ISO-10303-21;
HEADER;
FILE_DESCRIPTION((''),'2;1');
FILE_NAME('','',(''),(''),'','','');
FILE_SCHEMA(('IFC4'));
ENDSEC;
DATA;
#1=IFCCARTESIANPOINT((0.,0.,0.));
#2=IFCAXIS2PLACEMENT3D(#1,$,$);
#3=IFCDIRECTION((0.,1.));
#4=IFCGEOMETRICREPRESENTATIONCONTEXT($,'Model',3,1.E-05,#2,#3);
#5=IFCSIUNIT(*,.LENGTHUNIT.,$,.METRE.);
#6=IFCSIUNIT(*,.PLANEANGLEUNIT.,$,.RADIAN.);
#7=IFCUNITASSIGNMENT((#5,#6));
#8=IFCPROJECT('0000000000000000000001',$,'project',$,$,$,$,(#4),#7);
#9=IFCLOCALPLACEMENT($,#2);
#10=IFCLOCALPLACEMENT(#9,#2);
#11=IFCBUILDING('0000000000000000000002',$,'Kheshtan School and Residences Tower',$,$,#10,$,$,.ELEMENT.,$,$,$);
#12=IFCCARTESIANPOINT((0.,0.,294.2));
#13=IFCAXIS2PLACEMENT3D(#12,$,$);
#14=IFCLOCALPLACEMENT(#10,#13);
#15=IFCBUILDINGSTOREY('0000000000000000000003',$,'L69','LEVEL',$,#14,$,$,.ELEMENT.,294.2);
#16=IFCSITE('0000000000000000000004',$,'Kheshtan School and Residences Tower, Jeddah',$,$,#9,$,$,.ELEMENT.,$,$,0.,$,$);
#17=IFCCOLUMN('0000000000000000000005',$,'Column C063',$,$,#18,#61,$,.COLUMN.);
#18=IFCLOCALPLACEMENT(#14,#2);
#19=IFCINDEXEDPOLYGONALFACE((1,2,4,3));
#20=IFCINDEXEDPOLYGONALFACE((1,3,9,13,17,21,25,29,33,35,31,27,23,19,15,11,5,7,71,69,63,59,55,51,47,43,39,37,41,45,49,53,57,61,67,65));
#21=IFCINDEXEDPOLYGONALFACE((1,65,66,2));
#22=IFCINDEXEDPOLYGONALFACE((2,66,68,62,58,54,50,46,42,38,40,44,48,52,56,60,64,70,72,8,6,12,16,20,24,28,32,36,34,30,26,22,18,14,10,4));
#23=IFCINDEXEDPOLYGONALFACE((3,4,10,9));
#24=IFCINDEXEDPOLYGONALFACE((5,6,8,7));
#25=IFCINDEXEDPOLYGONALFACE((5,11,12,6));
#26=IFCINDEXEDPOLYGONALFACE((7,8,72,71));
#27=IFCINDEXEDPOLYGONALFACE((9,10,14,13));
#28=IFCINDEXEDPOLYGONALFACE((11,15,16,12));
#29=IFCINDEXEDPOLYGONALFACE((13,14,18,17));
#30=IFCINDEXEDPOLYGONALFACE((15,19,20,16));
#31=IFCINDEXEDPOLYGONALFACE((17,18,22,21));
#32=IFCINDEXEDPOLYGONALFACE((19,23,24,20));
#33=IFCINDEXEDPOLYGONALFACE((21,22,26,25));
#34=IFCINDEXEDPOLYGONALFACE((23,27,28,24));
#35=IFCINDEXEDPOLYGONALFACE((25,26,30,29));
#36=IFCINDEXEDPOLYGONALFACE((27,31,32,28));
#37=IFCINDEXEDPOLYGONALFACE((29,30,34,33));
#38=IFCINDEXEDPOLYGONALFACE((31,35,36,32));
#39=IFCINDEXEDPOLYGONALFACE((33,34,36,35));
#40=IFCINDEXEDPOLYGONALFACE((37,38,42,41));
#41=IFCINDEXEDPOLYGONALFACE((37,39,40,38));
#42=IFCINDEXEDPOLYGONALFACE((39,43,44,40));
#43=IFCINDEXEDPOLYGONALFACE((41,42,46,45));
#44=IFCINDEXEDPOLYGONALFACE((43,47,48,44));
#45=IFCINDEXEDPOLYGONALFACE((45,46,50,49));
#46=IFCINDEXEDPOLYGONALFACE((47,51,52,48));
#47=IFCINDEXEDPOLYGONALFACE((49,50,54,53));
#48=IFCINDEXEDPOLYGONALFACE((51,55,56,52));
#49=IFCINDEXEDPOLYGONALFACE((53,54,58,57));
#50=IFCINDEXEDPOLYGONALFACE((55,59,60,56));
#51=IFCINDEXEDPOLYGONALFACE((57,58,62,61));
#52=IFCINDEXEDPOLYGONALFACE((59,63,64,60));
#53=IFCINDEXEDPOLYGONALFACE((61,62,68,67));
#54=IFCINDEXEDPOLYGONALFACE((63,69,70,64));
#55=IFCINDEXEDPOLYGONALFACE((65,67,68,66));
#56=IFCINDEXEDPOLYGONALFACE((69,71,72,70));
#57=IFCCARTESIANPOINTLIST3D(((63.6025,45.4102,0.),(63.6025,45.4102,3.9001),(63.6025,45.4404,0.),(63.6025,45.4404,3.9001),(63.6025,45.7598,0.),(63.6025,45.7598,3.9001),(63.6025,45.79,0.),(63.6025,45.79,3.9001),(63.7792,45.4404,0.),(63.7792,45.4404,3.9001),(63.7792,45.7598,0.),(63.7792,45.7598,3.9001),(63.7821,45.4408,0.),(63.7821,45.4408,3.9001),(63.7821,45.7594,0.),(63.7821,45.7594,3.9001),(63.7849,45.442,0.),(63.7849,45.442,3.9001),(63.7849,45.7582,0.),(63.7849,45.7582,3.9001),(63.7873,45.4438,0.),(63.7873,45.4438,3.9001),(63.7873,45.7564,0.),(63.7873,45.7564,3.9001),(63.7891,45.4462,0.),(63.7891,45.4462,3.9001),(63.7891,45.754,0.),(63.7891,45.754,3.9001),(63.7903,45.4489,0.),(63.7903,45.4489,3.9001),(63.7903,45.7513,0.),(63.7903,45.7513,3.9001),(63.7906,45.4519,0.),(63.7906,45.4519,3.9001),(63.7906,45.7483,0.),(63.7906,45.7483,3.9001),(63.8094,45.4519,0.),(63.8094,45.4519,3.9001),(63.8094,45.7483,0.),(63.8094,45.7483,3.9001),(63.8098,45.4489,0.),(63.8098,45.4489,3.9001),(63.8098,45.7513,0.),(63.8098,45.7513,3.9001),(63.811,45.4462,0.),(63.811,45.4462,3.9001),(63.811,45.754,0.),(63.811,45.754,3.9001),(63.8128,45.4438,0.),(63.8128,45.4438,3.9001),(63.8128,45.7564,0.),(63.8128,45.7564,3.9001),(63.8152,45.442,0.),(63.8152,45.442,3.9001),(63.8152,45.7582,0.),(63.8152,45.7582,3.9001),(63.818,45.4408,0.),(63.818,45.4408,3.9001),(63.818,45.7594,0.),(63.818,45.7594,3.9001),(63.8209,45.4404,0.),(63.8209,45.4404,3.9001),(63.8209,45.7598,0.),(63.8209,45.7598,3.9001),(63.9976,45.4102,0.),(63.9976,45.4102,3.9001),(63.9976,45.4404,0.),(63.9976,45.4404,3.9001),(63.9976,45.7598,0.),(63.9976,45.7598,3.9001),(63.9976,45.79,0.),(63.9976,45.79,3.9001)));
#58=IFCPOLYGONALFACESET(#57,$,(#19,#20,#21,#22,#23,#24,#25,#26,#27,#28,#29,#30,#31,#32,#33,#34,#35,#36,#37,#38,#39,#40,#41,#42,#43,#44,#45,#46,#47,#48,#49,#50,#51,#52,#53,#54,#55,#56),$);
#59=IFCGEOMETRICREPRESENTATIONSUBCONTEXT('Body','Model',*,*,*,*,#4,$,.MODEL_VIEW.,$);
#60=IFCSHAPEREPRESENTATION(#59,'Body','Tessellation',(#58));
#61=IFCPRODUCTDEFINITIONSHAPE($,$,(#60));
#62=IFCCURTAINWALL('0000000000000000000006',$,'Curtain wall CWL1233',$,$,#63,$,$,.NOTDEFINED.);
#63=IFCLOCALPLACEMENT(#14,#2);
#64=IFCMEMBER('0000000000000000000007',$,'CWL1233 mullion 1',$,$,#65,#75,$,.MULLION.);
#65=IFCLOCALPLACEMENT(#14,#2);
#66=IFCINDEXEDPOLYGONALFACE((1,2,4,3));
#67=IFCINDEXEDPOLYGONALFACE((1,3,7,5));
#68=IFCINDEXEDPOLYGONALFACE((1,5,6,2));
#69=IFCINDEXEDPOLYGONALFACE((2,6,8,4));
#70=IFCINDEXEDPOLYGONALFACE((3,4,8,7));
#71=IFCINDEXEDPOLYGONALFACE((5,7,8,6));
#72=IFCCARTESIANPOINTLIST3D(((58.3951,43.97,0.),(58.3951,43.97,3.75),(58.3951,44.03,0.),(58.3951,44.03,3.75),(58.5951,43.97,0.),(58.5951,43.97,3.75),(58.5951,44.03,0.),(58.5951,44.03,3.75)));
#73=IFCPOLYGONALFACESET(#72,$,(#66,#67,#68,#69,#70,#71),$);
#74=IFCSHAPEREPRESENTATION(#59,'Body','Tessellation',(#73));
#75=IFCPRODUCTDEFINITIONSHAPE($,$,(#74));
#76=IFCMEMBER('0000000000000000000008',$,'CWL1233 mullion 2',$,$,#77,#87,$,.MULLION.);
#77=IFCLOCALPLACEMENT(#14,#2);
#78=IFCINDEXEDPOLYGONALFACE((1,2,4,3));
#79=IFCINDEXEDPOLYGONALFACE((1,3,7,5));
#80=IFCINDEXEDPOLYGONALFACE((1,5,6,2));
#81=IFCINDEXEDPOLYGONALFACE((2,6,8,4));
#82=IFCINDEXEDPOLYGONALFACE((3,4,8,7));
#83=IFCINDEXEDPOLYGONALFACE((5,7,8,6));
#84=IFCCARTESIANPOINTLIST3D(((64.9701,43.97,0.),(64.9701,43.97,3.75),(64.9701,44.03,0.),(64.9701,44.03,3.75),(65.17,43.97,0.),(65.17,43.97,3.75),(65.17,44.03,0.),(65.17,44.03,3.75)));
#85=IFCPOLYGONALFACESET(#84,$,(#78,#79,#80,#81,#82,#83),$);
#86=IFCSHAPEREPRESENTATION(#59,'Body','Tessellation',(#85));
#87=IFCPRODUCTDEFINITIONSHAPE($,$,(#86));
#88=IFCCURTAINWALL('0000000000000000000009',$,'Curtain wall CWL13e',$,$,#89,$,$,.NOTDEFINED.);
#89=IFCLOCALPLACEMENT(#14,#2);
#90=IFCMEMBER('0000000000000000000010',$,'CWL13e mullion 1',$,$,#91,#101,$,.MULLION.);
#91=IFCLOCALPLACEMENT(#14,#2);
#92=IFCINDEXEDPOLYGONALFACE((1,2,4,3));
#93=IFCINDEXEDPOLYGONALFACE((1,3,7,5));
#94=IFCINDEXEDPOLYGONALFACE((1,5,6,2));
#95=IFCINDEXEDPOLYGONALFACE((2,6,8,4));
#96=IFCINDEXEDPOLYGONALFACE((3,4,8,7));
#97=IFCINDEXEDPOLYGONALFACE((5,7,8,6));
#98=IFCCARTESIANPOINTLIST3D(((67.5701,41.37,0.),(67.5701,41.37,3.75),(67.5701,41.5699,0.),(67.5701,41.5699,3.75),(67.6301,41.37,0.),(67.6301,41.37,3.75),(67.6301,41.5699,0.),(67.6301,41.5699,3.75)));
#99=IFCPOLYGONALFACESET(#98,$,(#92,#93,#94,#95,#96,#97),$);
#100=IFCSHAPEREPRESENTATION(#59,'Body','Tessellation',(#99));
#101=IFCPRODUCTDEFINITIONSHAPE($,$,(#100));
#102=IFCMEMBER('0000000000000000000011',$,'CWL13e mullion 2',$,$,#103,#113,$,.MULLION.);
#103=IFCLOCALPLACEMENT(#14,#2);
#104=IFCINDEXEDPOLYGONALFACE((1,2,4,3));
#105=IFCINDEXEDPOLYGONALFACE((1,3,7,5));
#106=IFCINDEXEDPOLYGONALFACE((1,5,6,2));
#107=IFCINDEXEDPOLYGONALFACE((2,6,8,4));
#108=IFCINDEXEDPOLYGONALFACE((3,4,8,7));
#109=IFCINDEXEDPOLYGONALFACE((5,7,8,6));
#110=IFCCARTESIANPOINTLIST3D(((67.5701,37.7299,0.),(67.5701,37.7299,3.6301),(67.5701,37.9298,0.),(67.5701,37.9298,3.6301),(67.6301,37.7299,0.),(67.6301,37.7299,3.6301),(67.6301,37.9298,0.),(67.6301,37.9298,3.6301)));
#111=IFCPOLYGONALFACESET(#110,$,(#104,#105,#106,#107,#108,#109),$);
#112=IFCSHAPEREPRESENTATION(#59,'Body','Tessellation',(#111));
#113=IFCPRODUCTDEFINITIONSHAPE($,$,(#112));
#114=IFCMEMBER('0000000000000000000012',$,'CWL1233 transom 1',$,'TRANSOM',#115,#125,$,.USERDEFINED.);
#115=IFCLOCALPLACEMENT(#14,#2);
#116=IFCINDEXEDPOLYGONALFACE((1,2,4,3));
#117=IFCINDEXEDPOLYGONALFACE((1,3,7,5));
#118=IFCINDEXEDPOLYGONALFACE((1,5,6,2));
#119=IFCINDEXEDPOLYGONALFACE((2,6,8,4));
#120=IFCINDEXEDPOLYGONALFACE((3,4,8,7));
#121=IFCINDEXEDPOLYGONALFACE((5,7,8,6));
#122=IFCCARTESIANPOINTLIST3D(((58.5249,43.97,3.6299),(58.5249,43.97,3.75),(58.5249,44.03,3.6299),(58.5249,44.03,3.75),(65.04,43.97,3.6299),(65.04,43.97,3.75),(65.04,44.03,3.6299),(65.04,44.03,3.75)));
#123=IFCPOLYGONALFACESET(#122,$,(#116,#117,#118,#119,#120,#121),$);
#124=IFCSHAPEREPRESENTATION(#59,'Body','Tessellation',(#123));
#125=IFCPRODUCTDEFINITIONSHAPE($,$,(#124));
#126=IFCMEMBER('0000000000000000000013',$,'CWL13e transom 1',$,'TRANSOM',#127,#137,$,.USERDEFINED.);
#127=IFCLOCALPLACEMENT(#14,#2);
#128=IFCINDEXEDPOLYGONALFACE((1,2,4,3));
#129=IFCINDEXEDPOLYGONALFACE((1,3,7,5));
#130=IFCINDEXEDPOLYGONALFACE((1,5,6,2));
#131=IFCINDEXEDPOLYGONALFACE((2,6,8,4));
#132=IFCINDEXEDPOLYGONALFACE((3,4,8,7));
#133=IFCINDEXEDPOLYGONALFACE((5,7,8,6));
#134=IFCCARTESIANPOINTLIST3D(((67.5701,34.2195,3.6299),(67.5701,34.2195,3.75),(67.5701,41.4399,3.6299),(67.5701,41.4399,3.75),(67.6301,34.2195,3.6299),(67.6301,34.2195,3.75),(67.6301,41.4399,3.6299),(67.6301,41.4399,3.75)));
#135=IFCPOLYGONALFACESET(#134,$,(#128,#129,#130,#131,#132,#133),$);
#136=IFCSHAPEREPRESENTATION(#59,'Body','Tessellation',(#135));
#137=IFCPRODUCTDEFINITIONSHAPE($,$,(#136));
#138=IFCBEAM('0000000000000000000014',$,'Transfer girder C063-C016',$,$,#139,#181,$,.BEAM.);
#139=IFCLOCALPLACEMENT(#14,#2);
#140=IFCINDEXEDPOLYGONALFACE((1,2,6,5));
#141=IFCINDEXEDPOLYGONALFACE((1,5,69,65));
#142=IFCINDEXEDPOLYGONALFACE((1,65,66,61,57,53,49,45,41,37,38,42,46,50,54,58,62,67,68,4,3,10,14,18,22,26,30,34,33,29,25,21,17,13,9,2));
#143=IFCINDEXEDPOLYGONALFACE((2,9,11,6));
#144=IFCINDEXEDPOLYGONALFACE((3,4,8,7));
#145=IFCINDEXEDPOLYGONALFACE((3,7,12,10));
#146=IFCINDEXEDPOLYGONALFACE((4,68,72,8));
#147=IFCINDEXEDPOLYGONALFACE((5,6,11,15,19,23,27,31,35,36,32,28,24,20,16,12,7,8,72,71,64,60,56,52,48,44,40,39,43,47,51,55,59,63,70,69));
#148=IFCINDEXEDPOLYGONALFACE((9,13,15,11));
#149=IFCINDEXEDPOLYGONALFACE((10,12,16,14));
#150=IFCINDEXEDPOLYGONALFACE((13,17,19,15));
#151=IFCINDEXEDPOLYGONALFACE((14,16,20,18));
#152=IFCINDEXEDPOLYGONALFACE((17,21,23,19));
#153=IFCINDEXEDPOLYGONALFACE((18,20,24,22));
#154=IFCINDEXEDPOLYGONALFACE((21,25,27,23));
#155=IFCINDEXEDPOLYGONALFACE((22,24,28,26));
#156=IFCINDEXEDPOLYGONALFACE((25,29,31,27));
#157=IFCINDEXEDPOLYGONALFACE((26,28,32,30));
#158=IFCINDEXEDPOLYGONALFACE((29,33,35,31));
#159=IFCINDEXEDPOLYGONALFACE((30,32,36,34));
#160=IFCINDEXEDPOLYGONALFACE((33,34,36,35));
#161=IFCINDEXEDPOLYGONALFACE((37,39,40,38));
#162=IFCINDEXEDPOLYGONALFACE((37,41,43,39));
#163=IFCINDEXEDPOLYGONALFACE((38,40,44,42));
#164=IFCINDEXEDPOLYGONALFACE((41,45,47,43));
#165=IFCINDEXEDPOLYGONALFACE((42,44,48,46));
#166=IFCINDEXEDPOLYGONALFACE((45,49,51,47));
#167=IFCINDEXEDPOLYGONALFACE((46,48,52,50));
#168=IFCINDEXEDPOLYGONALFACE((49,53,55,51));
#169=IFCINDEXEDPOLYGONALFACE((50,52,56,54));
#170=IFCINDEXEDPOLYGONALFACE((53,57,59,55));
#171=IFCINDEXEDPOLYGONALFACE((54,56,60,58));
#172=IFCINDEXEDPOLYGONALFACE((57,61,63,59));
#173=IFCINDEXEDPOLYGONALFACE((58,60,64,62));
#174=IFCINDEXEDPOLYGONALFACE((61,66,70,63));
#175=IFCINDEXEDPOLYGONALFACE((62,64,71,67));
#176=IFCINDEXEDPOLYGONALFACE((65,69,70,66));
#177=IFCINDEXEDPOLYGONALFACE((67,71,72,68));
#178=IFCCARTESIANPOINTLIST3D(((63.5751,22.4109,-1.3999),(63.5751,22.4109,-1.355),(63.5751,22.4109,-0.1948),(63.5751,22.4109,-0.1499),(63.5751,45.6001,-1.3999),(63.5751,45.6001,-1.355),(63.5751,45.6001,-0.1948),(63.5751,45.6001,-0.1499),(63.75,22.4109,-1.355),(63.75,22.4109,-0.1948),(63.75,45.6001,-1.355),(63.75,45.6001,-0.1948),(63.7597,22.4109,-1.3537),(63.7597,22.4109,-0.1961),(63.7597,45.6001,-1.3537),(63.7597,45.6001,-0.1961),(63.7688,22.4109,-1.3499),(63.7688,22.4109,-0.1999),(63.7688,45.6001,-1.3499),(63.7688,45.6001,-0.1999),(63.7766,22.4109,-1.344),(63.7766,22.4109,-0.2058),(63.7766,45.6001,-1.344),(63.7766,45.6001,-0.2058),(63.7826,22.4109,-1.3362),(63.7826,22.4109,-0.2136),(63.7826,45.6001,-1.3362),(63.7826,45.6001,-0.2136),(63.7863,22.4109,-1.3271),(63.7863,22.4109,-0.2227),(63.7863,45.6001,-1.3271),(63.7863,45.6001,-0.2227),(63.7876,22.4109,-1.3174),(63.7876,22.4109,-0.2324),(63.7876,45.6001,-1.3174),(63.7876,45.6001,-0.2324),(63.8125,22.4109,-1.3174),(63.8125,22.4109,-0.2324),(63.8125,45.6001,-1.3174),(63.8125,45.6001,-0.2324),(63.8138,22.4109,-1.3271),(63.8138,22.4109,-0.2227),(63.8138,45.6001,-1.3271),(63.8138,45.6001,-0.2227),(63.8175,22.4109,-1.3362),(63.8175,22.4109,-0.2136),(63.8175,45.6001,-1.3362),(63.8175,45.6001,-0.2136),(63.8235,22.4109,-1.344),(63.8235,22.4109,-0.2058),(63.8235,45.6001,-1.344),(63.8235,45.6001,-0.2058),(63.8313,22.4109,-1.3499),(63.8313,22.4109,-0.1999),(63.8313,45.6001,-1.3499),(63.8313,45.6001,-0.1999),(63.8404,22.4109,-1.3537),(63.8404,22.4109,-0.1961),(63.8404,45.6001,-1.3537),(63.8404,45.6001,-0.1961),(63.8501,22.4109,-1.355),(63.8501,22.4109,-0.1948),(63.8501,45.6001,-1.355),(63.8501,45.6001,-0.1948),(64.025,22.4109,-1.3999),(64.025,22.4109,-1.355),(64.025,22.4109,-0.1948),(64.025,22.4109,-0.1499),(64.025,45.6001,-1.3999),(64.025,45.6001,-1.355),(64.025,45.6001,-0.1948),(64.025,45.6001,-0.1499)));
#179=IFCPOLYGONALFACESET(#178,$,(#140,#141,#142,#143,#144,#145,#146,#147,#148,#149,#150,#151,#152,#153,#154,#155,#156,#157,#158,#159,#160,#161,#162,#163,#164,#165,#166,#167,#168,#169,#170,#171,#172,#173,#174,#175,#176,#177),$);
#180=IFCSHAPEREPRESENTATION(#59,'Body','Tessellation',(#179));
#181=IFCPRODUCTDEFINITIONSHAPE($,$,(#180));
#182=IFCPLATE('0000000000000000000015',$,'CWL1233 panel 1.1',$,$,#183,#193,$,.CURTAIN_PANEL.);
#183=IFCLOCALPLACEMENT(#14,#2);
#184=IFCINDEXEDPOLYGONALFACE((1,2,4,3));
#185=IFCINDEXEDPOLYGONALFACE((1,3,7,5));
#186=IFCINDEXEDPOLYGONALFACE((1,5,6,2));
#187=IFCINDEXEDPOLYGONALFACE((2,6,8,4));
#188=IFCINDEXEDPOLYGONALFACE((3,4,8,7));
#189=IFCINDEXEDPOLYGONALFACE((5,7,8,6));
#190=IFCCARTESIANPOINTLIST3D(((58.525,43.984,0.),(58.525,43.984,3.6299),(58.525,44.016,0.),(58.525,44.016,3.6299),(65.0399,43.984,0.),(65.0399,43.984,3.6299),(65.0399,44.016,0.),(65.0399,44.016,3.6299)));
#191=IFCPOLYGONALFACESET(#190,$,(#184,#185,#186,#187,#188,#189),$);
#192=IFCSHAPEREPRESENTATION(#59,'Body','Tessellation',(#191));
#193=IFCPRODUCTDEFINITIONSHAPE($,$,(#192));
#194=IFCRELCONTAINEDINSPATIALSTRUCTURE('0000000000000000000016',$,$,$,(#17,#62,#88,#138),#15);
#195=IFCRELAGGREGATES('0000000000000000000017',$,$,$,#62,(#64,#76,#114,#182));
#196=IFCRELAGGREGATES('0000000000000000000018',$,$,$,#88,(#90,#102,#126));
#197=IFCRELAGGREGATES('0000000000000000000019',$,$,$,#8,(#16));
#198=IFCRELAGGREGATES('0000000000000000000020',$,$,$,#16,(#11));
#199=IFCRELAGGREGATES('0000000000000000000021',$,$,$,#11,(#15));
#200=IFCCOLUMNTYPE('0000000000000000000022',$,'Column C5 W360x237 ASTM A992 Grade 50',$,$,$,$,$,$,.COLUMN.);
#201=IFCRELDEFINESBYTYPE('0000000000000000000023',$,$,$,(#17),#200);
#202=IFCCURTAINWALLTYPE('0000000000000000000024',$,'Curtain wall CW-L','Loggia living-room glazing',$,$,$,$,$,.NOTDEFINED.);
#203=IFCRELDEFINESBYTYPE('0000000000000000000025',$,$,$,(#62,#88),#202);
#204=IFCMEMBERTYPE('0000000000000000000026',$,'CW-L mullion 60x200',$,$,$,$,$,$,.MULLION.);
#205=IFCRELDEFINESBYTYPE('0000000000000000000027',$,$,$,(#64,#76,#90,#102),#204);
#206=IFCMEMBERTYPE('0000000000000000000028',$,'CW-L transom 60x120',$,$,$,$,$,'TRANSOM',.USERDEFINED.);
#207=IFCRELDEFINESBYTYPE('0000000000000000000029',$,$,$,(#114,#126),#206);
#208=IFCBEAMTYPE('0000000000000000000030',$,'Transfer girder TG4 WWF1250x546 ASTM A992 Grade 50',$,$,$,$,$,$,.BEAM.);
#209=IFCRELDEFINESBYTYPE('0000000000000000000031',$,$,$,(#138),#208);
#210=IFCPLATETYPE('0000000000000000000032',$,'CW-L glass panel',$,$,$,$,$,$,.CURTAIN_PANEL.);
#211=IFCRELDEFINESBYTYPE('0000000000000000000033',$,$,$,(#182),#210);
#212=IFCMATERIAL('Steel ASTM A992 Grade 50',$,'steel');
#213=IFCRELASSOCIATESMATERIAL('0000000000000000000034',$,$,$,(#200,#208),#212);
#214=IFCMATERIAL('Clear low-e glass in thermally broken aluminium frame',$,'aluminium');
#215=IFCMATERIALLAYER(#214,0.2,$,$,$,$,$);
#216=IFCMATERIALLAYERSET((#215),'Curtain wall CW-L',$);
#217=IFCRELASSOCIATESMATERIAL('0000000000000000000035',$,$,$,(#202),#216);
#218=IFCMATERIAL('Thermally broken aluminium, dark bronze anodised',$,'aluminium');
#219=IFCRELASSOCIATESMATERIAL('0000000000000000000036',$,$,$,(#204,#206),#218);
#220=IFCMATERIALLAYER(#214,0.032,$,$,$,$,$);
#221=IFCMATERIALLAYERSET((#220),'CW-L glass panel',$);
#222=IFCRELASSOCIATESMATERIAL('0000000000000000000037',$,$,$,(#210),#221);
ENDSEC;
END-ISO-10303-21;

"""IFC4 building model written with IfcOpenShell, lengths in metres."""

from ifc_helpers import new_model, si_unit, direction, frame, origin, origin_2d, place, context, subcontext, project, spatial, rectangle, i_section, extrude, material, layer, layer_set, material_profile, profile_set, type_object, element, aggregate, save


model = new_model("IFC4")

# Units and contexts
model_context = context("Model", 3, precision=1e-05, world=origin(), true_north=direction((0.0, 1.0)))
body_context = subcontext(model_context, "Body", "Model", "MODEL_VIEW")
ifc_project = project(units=[si_unit("LENGTHUNIT", "METRE"), si_unit("PLANEANGLEUNIT", "RADIAN")], contexts=[model_context])

# Site, building, storey
site_placement = place(None, origin())
site = spatial("IfcSite", under=ifc_project, at=site_placement, Name="Kheshtan School and Residences Tower, Jeddah", CompositionType="ELEMENT", RefElevation=0.0)
building_placement = place(site_placement, origin())
building = spatial("IfcBuilding", under=site, at=building_placement, Name="Kheshtan School and Residences Tower", CompositionType="ELEMENT")
storey_placement = place(building_placement, frame((0.0, 0.0, 294.2)))
storey = spatial("IfcBuildingStorey", under=building, at=storey_placement, Name="L69", Description="LEVEL", CompositionType="ELEMENT", Elevation=294.2)

# Column
ifc_material_1 = material(Name="Steel ASTM A992 Grade 50", Category="steel")
ifc_material_profile_1 = material_profile(ifc_material_1, i_section(OverallWidth=0.395, OverallDepth=0.3799, WebThickness=0.0188, FlangeThickness=0.0303, FilletRadius=0.0115, at=origin_2d()), Name="W360x237")
ifc_profile_set_1 = profile_set([ifc_material_profile_1], Name="Steel ASTM A992 Grade 50")
column_type = type_object("IfcColumnType", Name="Column C5 W360x237 ASTM A992 Grade 50", PredefinedType="COLUMN", material=ifc_profile_set_1)
column_placement = place(storey_placement, frame((63.8, 45.6001, 0.0), z_axis=(0.0, 0.0, 1.0), x_axis=(1.0, 0.0, 0.0)))
element("IfcColumn", 1, at=column_placement, inside=storey, type_object=column_type, Name="Column C063", PredefinedType="COLUMN", context=body_context, shape_type="SweptSolid", body=[
    extrude(i_section(OverallWidth=0.395, OverallDepth=0.3799, WebThickness=0.0188, FlangeThickness=0.0303, FilletRadius=0.0115, at=origin_2d()), origin(), (0.0, 0.0, 1.0), 3.9001),
])

# Curtain walls, members
ifc_material_2 = material(Name="Clear low-e glass in thermally broken aluminium frame", Category="aluminium")
ifc_layer_1 = layer(ifc_material_2, 0.2)
ifc_layer_set_1 = layer_set([ifc_layer_1], Name="Curtain wall CW-L")
curtain_wall_type = type_object("IfcCurtainWallType", Name="Curtain wall CW-L", Description="Loggia living-room glazing", PredefinedType="NOTDEFINED", material=ifc_layer_set_1)
curtain_wall_1_placement = place(storey_placement, origin())
curtain_wall_1 = element("IfcCurtainWall", 2, at=curtain_wall_1_placement, inside=storey, type_object=curtain_wall_type, Name="Curtain wall CWL1233", PredefinedType="NOTDEFINED")
ifc_material_3 = material(Name="Thermally broken aluminium, dark bronze anodised", Category="aluminium")
ifc_material_profile_2 = material_profile(ifc_material_3, rectangle(XDim=0.0601, YDim=0.2, at=origin_2d()), Name="CW-L mullion 60x200")
ifc_profile_set_2 = profile_set([ifc_material_profile_2], Name="Thermally broken aluminium, dark bronze anodised")
member_type_1 = type_object("IfcMemberType", Name="CW-L mullion 60x200", PredefinedType="MULLION", material=ifc_profile_set_2)
member_1_placement = place(storey_placement, frame((58.4951, 44.0, 0.0), z_axis=(0.0, 0.0, 1.0), x_axis=(0.0, 1.0, 0.0)))
member_1 = element("IfcMember", 3, at=member_1_placement, type_object=member_type_1, Name="CWL1233 mullion 1", PredefinedType="MULLION", context=body_context, shape_type="SweptSolid", body=[
    extrude(rectangle(XDim=0.0601, YDim=0.2, at=origin_2d()), origin(), (0.0, 0.0, 1.0), 3.75),
])
member_2_placement = place(storey_placement, frame((65.0701, 44.0, 0.0), z_axis=(0.0, 0.0, 1.0), x_axis=(0.0, 1.0, 0.0)))
member_2 = element("IfcMember", 4, at=member_2_placement, type_object=member_type_1, Name="CWL1233 mullion 2", PredefinedType="MULLION", context=body_context, shape_type="SweptSolid", body=[
    extrude(rectangle(XDim=0.0601, YDim=0.2, at=origin_2d()), origin(), (0.0, 0.0, 1.0), 3.75),
])
curtain_wall_2_placement = place(storey_placement, origin())
curtain_wall_2 = element("IfcCurtainWall", 5, at=curtain_wall_2_placement, inside=storey, type_object=curtain_wall_type, Name="Curtain wall CWL13e", PredefinedType="NOTDEFINED")
member_3_placement = place(storey_placement, frame((67.6001, 41.47, 0.0), z_axis=(0.0, 0.0, 1.0), x_axis=(1.0, 0.0, 0.0)))
member_3 = element("IfcMember", 6, at=member_3_placement, type_object=member_type_1, Name="CWL13e mullion 1", PredefinedType="MULLION", context=body_context, shape_type="SweptSolid", body=[
    extrude(rectangle(XDim=0.0601, YDim=0.2, at=origin_2d()), origin(), (0.0, 0.0, 1.0), 3.75),
])
member_4_placement = place(storey_placement, frame((67.6001, 37.8298, 0.0), z_axis=(0.0, 0.0, 1.0), x_axis=(1.0, 0.0, 0.0)))
member_4 = element("IfcMember", 7, at=member_4_placement, type_object=member_type_1, Name="CWL13e mullion 2", PredefinedType="MULLION", context=body_context, shape_type="SweptSolid", body=[
    extrude(rectangle(XDim=0.0601, YDim=0.2, at=origin_2d()), origin(), (0.0, 0.0, 1.0), 3.6301),
])

# Members
ifc_material_profile_3 = material_profile(ifc_material_3, rectangle(XDim=0.0601, YDim=0.1201, at=origin_2d()), Name="CW-L transom 60x120")
ifc_profile_set_3 = profile_set([ifc_material_profile_3], Name="Thermally broken aluminium, dark bronze anodised")
member_type_2 = type_object("IfcMemberType", Name="CW-L transom 60x120", ElementType="TRANSOM", PredefinedType="USERDEFINED", material=ifc_profile_set_3)
member_5_placement = place(storey_placement, frame((58.5249, 44.0, 3.6899), z_axis=(1.0, 0.0, 0.0), x_axis=(0.0, 1.0, 0.0)))
member_5 = element("IfcMember", 8, at=member_5_placement, type_object=member_type_2, Name="CWL1233 transom 1", ObjectType="TRANSOM", PredefinedType="USERDEFINED", context=body_context, shape_type="SweptSolid", body=[
    extrude(rectangle(XDim=0.0601, YDim=0.1201, at=origin_2d()), origin(), (0.0, 0.0, 1.0), 6.5151),
])
member_6_placement = place(storey_placement, frame((67.6001, 41.4399, 3.6899), z_axis=(0.0, -1.0, 0.0), x_axis=(1.0, 0.0, 0.0)))
member_6 = element("IfcMember", 9, at=member_6_placement, type_object=member_type_2, Name="CWL13e transom 1", ObjectType="TRANSOM", PredefinedType="USERDEFINED", context=body_context, shape_type="SweptSolid", body=[
    extrude(rectangle(XDim=0.0601, YDim=0.1201, at=origin_2d()), origin(), (0.0, 0.0, 1.0), 7.2205),
])

# Beam
ifc_material_profile_4 = material_profile(ifc_material_1, i_section(OverallWidth=0.45, OverallDepth=1.25, WebThickness=0.0249, FlangeThickness=0.0449, FilletRadius=0.0376, at=origin_2d()), Name="WWF1250x546")
ifc_profile_set_4 = profile_set([ifc_material_profile_4], Name="Steel ASTM A992 Grade 50")
beam_type = type_object("IfcBeamType", Name="Transfer girder TG4 WWF1250x546 ASTM A992 Grade 50", PredefinedType="BEAM", material=ifc_profile_set_4)
beam_placement = place(storey_placement, frame((63.8, 45.6001, -0.7749), z_axis=(0.0, -1.0, 0.0), x_axis=(1.0, 0.0, 0.0)))
element("IfcBeam", 10, at=beam_placement, inside=storey, type_object=beam_type, Name="Transfer girder C063-C016", PredefinedType="BEAM", context=body_context, shape_type="SweptSolid", body=[
    extrude(i_section(OverallWidth=0.45, OverallDepth=1.25, WebThickness=0.0249, FlangeThickness=0.0449, FilletRadius=0.0376, at=origin_2d()), origin(), (0.0, 0.0, 1.0), 23.1892),
])

# Plate
ifc_layer_2 = layer(ifc_material_2, 0.032)
ifc_layer_set_2 = layer_set([ifc_layer_2], Name="CW-L glass panel")
plate_type = type_object("IfcPlateType", Name="CW-L glass panel", PredefinedType="CURTAIN_PANEL", material=ifc_layer_set_2)
plate_1_placement = place(storey_placement, frame((61.7825, 44.0, 0.0), z_axis=(0.0, 0.0, 1.0), x_axis=(1.0, 0.0, 0.0)))
plate_1 = element("IfcPlate", 11, at=plate_1_placement, type_object=plate_type, Name="CWL1233 panel 1.1", PredefinedType="CURTAIN_PANEL", context=body_context, shape_type="SweptSolid", body=[
    extrude(rectangle(XDim=6.5149, YDim=0.032, at=origin_2d()), origin(), (0.0, 0.0, 1.0), 3.6299),
])
aggregate(curtain_wall_1, [member_1, member_2, member_5, plate_1])
aggregate(curtain_wall_2, [member_3, member_4, member_6])

save(model, "model.ifc")
